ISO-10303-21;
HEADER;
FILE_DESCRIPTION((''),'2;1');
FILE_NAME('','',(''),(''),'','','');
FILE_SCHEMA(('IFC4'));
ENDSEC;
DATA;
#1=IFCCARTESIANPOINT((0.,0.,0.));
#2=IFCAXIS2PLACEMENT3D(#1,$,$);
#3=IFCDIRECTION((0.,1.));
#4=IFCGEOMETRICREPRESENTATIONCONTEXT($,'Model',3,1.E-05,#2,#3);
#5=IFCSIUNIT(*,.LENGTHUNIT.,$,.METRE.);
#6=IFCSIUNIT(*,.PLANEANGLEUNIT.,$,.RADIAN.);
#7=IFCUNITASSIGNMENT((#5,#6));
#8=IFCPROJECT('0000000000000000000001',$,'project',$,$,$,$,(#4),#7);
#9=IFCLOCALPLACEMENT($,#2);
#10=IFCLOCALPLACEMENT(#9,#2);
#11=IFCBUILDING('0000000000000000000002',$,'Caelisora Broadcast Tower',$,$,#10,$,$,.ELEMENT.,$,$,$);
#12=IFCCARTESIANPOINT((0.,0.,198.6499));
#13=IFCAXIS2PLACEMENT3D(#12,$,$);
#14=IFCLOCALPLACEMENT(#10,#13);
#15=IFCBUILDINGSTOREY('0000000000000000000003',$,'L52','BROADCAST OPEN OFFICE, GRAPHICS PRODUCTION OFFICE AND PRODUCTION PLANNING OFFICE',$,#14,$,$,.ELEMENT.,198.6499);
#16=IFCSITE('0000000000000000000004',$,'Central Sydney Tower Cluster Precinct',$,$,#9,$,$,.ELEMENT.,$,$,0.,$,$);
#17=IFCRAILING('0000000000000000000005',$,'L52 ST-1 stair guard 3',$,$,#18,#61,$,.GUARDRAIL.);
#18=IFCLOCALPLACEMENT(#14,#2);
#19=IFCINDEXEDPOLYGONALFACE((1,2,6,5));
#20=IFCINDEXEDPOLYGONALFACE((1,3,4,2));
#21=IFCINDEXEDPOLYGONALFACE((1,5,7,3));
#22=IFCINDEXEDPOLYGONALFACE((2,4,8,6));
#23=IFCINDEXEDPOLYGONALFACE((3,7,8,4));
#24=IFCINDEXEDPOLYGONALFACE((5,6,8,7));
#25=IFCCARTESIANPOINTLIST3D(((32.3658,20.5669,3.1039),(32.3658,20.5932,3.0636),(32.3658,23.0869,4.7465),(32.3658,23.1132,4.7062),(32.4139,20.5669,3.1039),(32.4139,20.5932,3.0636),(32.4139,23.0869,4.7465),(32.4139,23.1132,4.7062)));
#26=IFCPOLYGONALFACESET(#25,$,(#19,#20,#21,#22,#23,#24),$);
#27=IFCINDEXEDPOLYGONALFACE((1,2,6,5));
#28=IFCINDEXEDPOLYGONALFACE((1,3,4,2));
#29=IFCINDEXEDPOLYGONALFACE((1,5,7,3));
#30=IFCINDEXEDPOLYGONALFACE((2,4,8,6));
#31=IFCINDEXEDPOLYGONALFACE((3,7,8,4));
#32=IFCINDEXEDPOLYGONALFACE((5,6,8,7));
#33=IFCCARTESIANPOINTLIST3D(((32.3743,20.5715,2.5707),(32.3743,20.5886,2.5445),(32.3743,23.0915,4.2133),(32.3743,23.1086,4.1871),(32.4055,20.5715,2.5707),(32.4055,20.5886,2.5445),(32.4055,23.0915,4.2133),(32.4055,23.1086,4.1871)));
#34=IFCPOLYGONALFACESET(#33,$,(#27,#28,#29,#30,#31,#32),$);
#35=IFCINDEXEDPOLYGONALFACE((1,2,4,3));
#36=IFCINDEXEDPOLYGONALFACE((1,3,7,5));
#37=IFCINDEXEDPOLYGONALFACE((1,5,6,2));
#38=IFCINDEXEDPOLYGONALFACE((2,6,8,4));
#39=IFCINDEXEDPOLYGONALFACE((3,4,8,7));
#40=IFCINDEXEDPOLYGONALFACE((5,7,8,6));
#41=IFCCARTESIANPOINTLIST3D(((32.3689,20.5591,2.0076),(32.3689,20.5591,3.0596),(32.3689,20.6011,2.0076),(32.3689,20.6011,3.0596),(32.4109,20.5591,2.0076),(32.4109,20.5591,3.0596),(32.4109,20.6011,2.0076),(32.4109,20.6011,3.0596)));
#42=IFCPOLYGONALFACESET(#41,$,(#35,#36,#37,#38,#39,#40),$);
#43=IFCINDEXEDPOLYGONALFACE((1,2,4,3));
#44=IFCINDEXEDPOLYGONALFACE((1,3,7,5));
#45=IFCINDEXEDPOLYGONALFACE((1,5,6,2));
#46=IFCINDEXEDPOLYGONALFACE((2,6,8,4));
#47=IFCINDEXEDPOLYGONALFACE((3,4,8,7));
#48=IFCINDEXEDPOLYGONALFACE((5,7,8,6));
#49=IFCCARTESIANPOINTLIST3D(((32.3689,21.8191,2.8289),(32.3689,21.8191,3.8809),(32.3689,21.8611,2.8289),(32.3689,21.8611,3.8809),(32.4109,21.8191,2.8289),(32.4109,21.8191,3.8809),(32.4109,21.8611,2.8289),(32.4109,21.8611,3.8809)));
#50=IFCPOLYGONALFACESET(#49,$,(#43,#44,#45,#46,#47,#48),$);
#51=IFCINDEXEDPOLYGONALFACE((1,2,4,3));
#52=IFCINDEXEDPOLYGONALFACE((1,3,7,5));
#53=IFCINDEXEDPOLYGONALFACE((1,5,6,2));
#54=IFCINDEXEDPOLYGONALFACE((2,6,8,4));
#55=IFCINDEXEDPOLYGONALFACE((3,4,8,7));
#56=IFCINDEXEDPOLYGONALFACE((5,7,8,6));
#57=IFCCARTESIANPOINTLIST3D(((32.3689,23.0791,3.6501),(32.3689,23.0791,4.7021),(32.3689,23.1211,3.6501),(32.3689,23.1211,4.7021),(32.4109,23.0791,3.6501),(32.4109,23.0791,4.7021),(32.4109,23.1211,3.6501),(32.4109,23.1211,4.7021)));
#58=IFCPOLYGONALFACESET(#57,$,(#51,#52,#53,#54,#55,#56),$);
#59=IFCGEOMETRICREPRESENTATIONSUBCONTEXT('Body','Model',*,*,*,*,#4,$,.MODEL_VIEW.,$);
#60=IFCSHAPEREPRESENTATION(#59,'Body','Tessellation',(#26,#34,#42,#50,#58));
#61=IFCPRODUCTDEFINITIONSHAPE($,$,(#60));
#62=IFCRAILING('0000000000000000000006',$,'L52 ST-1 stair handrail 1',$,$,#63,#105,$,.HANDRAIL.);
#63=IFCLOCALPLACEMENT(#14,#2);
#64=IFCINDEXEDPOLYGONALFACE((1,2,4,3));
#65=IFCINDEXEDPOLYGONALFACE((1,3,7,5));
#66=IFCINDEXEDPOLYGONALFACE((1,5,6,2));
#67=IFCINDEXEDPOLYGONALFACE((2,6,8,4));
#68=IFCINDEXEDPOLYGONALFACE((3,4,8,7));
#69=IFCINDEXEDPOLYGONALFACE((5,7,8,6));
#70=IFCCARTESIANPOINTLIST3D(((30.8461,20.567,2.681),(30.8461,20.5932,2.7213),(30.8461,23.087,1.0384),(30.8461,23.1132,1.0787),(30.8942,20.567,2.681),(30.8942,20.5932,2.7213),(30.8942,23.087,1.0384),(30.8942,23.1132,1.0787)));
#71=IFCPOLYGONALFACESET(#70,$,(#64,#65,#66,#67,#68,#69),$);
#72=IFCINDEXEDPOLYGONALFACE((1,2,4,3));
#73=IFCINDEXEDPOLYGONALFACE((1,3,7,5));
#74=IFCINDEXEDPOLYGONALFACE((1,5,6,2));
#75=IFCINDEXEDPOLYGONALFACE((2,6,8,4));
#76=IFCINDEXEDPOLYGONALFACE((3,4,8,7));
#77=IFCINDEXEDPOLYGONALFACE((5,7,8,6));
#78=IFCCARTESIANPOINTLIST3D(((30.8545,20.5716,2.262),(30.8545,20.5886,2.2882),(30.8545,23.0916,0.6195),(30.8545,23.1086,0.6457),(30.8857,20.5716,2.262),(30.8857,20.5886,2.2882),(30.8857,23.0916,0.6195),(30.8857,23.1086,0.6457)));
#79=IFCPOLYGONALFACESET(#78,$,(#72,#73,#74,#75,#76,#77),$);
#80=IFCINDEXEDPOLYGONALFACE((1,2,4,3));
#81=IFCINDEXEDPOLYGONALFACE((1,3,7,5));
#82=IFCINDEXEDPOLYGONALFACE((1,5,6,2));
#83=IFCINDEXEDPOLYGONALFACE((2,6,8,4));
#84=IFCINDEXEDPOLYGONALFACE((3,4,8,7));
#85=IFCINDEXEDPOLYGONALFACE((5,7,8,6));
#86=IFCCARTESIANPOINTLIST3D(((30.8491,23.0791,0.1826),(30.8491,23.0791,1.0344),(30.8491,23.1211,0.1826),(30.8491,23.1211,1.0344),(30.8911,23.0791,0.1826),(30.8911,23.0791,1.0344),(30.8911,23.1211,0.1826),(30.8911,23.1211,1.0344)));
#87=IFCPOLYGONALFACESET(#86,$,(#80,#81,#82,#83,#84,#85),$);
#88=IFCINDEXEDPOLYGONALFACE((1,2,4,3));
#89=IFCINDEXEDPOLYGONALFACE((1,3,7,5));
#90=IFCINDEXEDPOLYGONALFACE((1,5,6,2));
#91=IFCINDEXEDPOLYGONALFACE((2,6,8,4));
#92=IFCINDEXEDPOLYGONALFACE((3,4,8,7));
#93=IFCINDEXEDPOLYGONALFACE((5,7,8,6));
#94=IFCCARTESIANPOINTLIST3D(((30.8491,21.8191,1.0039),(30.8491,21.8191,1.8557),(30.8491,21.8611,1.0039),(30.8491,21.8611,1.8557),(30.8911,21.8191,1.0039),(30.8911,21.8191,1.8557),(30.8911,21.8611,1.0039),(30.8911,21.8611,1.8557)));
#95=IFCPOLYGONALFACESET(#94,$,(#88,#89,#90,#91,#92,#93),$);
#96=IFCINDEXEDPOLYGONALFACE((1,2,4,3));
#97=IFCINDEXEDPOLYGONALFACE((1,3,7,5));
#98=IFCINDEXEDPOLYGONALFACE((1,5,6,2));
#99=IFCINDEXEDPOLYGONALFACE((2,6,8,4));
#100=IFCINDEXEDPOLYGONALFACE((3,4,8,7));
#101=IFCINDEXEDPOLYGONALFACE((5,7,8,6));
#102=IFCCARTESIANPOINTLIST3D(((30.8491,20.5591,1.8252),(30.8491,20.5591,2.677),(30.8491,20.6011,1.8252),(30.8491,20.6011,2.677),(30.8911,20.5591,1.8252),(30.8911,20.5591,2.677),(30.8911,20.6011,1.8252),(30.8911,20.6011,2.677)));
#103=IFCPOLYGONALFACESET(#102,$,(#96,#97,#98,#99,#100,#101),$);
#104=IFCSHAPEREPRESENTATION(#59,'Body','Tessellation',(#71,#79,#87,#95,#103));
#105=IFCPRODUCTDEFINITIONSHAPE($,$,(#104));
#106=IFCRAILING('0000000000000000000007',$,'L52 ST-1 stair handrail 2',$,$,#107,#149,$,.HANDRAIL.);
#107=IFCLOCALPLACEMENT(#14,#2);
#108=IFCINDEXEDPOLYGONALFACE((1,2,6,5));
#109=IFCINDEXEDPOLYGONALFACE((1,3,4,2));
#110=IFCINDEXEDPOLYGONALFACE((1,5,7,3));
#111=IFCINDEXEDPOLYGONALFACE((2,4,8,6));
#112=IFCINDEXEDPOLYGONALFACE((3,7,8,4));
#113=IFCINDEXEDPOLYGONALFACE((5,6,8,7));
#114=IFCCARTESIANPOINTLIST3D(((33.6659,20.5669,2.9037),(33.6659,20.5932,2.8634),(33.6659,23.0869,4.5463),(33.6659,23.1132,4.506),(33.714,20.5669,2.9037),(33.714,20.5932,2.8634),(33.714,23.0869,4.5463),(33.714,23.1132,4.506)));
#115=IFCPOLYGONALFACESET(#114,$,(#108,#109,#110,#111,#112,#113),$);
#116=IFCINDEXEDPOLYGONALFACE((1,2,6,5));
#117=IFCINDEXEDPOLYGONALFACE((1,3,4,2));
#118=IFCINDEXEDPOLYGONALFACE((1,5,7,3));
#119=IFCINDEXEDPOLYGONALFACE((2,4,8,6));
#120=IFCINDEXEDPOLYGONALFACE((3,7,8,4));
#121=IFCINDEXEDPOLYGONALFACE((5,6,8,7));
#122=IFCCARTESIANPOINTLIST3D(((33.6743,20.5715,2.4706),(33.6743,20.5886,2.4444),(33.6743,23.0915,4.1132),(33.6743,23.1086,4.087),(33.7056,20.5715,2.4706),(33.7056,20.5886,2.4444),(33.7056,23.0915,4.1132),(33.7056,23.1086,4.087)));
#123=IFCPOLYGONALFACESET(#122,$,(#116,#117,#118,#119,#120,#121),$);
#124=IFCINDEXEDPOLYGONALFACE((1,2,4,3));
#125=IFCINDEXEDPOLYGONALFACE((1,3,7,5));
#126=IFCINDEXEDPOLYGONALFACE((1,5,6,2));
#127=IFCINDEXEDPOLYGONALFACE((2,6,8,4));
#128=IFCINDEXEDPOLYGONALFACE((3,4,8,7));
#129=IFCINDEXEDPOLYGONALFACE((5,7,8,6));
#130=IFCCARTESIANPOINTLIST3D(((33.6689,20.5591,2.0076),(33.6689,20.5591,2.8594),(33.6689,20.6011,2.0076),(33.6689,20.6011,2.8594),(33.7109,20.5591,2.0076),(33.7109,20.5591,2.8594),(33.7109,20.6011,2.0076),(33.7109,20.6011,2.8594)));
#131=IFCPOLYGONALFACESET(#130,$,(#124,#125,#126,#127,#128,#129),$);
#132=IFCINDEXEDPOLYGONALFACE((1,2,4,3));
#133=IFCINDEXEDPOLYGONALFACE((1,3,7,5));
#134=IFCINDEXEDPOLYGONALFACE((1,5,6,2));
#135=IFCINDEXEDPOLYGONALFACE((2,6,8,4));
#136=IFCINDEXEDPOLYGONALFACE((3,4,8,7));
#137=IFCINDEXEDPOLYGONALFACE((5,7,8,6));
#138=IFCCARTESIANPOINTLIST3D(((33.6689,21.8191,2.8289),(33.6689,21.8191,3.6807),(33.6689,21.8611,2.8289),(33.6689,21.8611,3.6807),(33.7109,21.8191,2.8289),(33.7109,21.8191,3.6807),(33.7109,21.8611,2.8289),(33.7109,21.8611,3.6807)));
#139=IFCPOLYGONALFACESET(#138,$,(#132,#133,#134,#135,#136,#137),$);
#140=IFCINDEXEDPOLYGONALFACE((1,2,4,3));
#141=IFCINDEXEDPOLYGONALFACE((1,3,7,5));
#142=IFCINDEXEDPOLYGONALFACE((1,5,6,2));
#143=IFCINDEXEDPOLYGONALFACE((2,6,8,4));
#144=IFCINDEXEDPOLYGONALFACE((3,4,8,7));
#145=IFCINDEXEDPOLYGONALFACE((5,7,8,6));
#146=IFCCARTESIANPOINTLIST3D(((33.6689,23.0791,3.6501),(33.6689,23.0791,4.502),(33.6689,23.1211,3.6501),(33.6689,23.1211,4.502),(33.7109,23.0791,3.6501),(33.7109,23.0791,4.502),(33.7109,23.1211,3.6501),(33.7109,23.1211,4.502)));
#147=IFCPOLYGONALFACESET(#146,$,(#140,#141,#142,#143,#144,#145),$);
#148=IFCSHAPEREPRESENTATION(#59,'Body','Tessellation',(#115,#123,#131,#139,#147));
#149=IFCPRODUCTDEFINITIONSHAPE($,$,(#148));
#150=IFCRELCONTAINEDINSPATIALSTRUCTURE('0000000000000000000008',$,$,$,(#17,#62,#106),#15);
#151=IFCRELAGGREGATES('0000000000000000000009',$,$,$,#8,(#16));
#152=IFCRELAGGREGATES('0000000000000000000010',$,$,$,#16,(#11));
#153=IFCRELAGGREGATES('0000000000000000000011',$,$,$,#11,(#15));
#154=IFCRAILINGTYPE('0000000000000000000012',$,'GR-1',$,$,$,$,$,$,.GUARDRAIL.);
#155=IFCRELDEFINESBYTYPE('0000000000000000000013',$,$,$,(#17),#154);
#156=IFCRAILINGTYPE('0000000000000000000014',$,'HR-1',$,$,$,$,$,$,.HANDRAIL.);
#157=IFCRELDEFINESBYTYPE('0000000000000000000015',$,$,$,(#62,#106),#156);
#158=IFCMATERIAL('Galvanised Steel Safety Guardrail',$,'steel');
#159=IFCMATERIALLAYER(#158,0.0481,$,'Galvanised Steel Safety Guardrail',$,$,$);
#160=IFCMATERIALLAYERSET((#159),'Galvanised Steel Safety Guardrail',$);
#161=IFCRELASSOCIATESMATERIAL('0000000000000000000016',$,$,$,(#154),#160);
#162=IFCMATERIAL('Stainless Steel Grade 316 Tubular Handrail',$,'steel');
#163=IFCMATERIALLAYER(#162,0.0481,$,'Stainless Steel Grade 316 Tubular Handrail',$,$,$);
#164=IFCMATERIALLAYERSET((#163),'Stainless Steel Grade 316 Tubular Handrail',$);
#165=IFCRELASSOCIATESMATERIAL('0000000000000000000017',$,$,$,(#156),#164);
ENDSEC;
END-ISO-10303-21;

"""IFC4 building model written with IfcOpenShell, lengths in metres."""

from ifc_helpers import new_model, si_unit, direction, frame, origin, origin_2d, place, context, subcontext, project, spatial, rectangle, extrude, material, layer, layer_set, type_object, element, save


model = new_model("IFC4")

# Units and contexts
model_context = context("Model", 3, precision=1e-05, world=origin(), true_north=direction((0.0, 1.0)))
body_context = subcontext(model_context, "Body", "Model", "MODEL_VIEW")
ifc_project = project(units=[si_unit("LENGTHUNIT", "METRE"), si_unit("PLANEANGLEUNIT", "RADIAN")], contexts=[model_context])

# Site, building, storey
site_placement = place(None, origin())
site = spatial("IfcSite", under=ifc_project, at=site_placement, Name="Central Sydney Tower Cluster Precinct", CompositionType="ELEMENT", RefElevation=0.0)
building_placement = place(site_placement, origin())
building = spatial("IfcBuilding", under=site, at=building_placement, Name="Caelisora Broadcast Tower", CompositionType="ELEMENT")
storey_placement = place(building_placement, frame((0.0, 0.0, 198.6499)))
storey = spatial("IfcBuildingStorey", under=building, at=storey_placement, Name="L52", Description="BROADCAST OPEN OFFICE, GRAPHICS PRODUCTION OFFICE AND PRODUCTION PLANNING OFFICE", CompositionType="ELEMENT", Elevation=198.6499)

# Railings
ifc_material_1 = material(Name="Galvanised Steel Safety Guardrail", Category="steel")
ifc_layer_1 = layer(ifc_material_1, 0.0481, Name="Galvanised Steel Safety Guardrail")
ifc_layer_set_1 = layer_set([ifc_layer_1], Name="Galvanised Steel Safety Guardrail")
railing_type_1 = type_object("IfcRailingType", Name="GR-1", PredefinedType="GUARDRAIL", material=ifc_layer_set_1)
railing_1_placement = place(storey_placement, frame((32.3899, 20.5801, 2.0076)))
element("IfcRailing", 1, at=railing_1_placement, inside=storey, type_object=railing_type_1, Name="L52 ST-1 stair guard 3", PredefinedType="GUARDRAIL", context=body_context, shape_type="SweptSolid", body=[
    extrude(rectangle(XDim=0.0481, YDim=0.0481, at=origin_2d()), frame((0.0, 0.0, 1.0762), z_axis=(0.0, 0.837749, 0.546055), x_axis=(-1.0, 0.0, 0.0)), (0.0, 0.0, 1.0), 3.0081),
    extrude(rectangle(XDim=0.0312, YDim=0.0312, at=origin_2d()), frame((0.0, 0.0, 0.55), z_axis=(0.0, 0.837749, 0.546055), x_axis=(-1.0, 0.0, 0.0)), (0.0, 0.0, 1.0), 3.0081),
    extrude(rectangle(XDim=0.042, YDim=0.042, at=origin_2d()), origin(), (0.0, 0.0, 1.0), 1.052),
    extrude(rectangle(XDim=0.042, YDim=0.042, at=origin_2d()), frame((0.0, 1.26, 0.8213)), (0.0, 0.0, 1.0), 1.052),
    extrude(rectangle(XDim=0.042, YDim=0.042, at=origin_2d()), frame((0.0, 2.52, 1.6426)), (0.0, 0.0, 1.0), 1.052),
])
ifc_material_2 = material(Name="Stainless Steel Grade 316 Tubular Handrail", Category="steel")
ifc_layer_2 = layer(ifc_material_2, 0.0481, Name="Stainless Steel Grade 316 Tubular Handrail")
ifc_layer_set_2 = layer_set([ifc_layer_2], Name="Stainless Steel Grade 316 Tubular Handrail")
railing_type_2 = type_object("IfcRailingType", Name="HR-1", PredefinedType="HANDRAIL", material=ifc_layer_set_2)
railing_2_placement = place(storey_placement, frame((30.8701, 23.1001, 0.1826)))
element("IfcRailing", 2, at=railing_2_placement, inside=storey, type_object=railing_type_2, Name="L52 ST-1 stair handrail 1", PredefinedType="HANDRAIL", context=body_context, shape_type="SweptSolid", body=[
    extrude(rectangle(XDim=0.0481, YDim=0.0481, at=origin_2d()), frame((0.0, 0.0, 0.876), z_axis=(0.0, -0.837749, 0.546055), x_axis=(1.0, 0.0, 0.0)), (0.0, 0.0, 1.0), 3.0081),
    extrude(rectangle(XDim=0.0312, YDim=0.0312, at=origin_2d()), frame((0.0, 0.0, 0.45), z_axis=(0.0, -0.837749, 0.546055), x_axis=(1.0, 0.0, 0.0)), (0.0, 0.0, 1.0), 3.0081),
    extrude(rectangle(XDim=0.042, YDim=0.042, at=origin_2d()), origin(), (0.0, 0.0, 1.0), 0.8518),
    extrude(rectangle(XDim=0.042, YDim=0.042, at=origin_2d()), frame((0.0, -1.26, 0.8213)), (0.0, 0.0, 1.0), 0.8518),
    extrude(rectangle(XDim=0.042, YDim=0.042, at=origin_2d()), frame((0.0, -2.52, 1.6426)), (0.0, 0.0, 1.0), 0.8518),
])
railing_3_placement = place(storey_placement, frame((33.6899, 20.5801, 2.0076)))
element("IfcRailing", 3, at=railing_3_placement, inside=storey, type_object=railing_type_2, Name="L52 ST-1 stair handrail 2", PredefinedType="HANDRAIL", context=body_context, shape_type="SweptSolid", body=[
    extrude(rectangle(XDim=0.0481, YDim=0.0481, at=origin_2d()), frame((0.0, 0.0, 0.876), z_axis=(0.0, 0.837749, 0.546055), x_axis=(-1.0, 0.0, 0.0)), (0.0, 0.0, 1.0), 3.0081),
    extrude(rectangle(XDim=0.0312, YDim=0.0312, at=origin_2d()), frame((0.0, 0.0, 0.45), z_axis=(0.0, 0.837749, 0.546055), x_axis=(-1.0, 0.0, 0.0)), (0.0, 0.0, 1.0), 3.0081),
    extrude(rectangle(XDim=0.042, YDim=0.042, at=origin_2d()), origin(), (0.0, 0.0, 1.0), 0.8518),
    extrude(rectangle(XDim=0.042, YDim=0.042, at=origin_2d()), frame((0.0, 1.26, 0.8213)), (0.0, 0.0, 1.0), 0.8518),
    extrude(rectangle(XDim=0.042, YDim=0.042, at=origin_2d()), frame((0.0, 2.52, 1.6426)), (0.0, 0.0, 1.0), 0.8518),
])

save(model, "model.ifc")
